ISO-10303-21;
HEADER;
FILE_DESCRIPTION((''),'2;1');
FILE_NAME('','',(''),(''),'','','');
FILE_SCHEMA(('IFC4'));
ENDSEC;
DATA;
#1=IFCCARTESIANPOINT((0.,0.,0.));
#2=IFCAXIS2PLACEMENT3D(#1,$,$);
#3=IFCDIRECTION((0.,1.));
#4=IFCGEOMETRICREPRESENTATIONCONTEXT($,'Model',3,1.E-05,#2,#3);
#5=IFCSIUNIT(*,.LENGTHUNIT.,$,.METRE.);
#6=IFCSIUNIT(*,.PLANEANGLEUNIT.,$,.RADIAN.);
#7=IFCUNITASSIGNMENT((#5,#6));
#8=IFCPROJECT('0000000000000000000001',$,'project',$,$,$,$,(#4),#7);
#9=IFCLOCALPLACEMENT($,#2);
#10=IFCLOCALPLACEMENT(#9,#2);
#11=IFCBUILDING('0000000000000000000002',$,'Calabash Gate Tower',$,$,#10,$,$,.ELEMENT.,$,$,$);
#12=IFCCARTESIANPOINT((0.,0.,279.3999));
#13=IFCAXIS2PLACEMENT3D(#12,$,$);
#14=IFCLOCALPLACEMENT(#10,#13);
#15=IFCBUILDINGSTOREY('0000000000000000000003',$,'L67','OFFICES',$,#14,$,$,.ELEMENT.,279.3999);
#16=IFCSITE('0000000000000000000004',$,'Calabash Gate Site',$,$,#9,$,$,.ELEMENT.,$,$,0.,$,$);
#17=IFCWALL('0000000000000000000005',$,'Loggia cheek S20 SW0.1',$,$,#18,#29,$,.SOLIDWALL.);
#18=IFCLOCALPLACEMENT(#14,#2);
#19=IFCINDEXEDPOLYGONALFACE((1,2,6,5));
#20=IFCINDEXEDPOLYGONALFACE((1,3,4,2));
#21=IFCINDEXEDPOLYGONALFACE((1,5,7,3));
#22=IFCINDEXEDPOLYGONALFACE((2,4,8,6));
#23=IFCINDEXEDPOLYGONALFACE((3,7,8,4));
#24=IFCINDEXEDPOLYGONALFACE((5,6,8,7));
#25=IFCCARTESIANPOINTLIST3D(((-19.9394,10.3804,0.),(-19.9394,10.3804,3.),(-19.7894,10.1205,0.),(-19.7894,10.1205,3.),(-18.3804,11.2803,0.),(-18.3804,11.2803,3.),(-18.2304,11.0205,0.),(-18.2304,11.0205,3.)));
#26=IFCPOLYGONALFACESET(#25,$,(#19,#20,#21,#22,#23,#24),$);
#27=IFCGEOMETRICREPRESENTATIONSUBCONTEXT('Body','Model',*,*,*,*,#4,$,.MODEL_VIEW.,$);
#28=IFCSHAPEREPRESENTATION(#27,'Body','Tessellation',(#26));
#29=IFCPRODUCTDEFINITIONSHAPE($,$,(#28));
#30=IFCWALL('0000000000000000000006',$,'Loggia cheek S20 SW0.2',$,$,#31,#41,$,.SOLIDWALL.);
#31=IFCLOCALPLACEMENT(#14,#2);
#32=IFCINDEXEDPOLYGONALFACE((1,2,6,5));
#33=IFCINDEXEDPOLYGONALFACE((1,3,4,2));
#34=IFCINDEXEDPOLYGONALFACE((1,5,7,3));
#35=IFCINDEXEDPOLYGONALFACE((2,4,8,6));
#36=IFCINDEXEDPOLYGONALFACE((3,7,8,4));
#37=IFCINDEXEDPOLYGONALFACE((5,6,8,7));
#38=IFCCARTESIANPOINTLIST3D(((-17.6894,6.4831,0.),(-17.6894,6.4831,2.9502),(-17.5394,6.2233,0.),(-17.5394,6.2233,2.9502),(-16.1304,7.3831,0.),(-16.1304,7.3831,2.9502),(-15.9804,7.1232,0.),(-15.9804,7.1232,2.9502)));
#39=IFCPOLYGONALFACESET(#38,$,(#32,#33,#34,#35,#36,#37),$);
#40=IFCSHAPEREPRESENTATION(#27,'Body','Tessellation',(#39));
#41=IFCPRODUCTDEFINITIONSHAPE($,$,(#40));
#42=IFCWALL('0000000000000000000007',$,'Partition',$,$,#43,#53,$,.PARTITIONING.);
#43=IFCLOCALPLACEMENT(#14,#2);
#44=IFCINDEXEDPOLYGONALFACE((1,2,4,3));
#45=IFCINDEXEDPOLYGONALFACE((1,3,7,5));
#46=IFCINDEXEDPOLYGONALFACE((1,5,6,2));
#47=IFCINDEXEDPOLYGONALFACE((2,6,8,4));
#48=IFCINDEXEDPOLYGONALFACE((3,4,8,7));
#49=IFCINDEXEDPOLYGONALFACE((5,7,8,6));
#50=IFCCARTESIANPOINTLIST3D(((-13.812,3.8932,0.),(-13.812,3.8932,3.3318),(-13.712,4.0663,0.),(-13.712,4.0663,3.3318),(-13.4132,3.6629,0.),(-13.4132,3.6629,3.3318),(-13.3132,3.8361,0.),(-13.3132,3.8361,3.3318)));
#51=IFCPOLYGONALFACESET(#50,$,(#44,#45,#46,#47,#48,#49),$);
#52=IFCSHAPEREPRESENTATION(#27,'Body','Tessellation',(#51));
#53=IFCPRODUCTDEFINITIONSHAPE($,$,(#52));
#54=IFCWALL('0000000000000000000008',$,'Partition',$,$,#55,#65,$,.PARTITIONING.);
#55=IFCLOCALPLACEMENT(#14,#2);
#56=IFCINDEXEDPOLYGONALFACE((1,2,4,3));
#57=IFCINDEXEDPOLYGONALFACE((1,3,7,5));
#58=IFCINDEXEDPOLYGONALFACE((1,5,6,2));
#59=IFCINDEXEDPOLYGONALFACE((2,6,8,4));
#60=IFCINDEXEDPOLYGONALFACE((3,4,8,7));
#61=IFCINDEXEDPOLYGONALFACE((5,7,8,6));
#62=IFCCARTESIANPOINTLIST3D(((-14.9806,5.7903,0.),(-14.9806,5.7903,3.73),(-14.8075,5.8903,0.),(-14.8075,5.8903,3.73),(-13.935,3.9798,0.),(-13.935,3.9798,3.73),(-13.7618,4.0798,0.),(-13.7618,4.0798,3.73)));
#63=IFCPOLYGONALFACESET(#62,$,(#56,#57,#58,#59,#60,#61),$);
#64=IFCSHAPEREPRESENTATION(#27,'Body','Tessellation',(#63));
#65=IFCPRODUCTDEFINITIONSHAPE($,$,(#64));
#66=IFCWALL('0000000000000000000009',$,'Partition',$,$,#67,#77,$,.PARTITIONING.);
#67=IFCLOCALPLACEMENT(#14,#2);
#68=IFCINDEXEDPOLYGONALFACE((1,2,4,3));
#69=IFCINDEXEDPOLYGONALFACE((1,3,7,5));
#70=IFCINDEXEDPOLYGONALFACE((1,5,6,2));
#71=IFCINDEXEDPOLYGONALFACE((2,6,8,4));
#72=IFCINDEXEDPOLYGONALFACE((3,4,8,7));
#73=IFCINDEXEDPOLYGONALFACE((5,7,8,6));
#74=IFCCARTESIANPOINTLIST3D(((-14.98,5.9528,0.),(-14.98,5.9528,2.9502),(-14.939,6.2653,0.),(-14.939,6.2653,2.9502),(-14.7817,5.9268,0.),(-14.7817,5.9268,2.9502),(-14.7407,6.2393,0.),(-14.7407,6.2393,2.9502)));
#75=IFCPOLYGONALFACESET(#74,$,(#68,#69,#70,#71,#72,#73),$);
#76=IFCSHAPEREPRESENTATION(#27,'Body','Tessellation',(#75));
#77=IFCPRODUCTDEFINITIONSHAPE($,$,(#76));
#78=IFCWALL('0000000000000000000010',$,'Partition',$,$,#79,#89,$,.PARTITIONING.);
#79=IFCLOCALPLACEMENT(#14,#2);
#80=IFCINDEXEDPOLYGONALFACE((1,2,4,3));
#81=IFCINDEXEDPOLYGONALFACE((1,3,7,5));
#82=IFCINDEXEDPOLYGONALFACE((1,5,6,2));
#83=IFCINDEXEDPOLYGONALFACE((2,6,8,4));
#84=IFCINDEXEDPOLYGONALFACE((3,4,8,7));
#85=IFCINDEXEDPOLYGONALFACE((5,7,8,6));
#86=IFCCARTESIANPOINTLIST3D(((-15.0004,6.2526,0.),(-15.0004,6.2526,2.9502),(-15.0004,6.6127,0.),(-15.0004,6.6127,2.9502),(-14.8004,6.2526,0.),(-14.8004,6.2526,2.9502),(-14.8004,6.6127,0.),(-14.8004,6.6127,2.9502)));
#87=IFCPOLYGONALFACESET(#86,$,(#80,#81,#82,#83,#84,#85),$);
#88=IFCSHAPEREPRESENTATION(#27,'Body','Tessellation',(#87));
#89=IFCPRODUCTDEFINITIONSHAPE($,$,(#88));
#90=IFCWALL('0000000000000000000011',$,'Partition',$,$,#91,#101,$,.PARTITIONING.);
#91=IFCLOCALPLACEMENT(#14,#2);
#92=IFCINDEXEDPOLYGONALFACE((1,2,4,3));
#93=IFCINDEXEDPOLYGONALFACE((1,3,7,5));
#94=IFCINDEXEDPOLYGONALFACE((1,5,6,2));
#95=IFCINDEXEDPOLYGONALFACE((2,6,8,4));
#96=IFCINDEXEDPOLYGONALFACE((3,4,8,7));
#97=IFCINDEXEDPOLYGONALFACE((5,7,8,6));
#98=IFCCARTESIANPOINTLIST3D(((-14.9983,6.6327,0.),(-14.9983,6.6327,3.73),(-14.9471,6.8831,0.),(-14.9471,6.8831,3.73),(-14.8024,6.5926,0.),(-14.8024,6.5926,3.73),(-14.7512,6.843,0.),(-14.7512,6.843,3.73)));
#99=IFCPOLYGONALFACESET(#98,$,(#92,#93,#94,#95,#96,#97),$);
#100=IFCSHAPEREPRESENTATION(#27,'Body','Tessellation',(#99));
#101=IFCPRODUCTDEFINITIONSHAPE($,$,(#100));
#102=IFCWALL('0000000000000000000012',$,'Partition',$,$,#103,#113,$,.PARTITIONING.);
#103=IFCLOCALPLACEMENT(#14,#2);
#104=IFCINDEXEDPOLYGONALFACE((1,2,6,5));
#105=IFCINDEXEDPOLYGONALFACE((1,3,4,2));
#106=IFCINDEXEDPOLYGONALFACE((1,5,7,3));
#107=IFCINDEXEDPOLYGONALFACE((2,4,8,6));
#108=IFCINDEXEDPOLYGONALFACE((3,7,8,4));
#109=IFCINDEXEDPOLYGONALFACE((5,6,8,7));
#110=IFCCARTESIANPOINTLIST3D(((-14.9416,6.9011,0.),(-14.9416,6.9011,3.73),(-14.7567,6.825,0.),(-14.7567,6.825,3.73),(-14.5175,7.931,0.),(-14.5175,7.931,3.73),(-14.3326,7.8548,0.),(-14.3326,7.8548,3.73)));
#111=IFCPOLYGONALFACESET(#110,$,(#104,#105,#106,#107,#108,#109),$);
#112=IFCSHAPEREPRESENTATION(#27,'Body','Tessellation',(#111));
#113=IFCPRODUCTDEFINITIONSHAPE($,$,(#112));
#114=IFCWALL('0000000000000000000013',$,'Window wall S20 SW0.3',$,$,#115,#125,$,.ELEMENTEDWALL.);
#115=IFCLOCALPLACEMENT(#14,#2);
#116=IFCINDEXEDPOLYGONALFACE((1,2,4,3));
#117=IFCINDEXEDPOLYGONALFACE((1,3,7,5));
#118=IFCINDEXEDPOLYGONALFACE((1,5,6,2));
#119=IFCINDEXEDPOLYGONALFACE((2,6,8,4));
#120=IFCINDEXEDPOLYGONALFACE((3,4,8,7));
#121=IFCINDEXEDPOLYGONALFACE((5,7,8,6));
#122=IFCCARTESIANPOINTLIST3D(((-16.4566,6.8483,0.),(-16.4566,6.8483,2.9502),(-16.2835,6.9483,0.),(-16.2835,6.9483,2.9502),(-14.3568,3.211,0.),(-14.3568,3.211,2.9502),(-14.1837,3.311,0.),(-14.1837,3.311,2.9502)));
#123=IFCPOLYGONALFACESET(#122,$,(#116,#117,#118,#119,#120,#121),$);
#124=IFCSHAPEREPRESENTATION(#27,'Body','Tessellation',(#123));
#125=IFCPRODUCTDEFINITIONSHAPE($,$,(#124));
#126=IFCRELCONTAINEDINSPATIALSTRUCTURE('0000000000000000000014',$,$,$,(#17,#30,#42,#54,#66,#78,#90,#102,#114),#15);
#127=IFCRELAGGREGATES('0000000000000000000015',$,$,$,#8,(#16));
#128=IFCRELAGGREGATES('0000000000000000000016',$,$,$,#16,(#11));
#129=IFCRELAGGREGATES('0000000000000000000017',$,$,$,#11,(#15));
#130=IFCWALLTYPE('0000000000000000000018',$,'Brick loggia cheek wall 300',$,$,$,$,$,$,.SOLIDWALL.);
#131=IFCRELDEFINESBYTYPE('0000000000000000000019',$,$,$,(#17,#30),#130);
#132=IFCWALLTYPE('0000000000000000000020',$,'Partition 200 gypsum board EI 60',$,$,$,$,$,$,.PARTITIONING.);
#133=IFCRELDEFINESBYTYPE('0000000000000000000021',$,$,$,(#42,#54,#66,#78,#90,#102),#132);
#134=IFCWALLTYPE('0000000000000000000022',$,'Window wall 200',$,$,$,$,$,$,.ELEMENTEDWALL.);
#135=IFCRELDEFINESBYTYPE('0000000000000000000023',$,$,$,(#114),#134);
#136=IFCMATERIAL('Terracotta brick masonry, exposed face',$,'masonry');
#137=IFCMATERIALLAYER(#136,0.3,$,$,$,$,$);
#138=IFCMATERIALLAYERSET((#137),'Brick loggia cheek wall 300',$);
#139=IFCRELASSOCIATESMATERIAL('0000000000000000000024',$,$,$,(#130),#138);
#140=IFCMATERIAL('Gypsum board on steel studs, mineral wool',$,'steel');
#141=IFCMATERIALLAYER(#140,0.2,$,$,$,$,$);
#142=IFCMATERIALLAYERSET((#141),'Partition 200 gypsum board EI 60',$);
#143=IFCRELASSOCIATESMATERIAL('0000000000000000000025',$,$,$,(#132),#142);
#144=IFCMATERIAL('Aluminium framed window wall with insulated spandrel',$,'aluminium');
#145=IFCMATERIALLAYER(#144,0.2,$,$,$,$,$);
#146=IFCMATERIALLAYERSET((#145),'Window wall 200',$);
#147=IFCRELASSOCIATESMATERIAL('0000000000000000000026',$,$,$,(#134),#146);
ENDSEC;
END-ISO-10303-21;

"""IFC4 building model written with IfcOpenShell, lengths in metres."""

from ifc_helpers import new_model, si_unit, direction, frame, frame_2d, origin, place, context, subcontext, project, spatial, rectangle, extrude, material, layer, layer_set, type_object, element, save


model = new_model("IFC4")

# Units and contexts
model_context = context("Model", 3, precision=1e-05, world=origin(), true_north=direction((0.0, 1.0)))
body_context = subcontext(model_context, "Body", "Model", "MODEL_VIEW")
ifc_project = project(units=[si_unit("LENGTHUNIT", "METRE"), si_unit("PLANEANGLEUNIT", "RADIAN")], contexts=[model_context])

# Site, building, storey
site_placement = place(None, origin())
site = spatial("IfcSite", under=ifc_project, at=site_placement, Name="Calabash Gate Site", CompositionType="ELEMENT", RefElevation=0.0)
building_placement = place(site_placement, origin())
building = spatial("IfcBuilding", under=site, at=building_placement, Name="Calabash Gate Tower", CompositionType="ELEMENT")
storey_placement = place(building_placement, frame((0.0, 0.0, 279.3999)))
storey = spatial("IfcBuildingStorey", under=building, at=storey_placement, Name="L67", Description="OFFICES", CompositionType="ELEMENT", Elevation=279.3999)

# Walls
ifc_material_1 = material(Name="Terracotta brick masonry, exposed face", Category="masonry")
ifc_layer_1 = layer(ifc_material_1, 0.3)
ifc_layer_set_1 = layer_set([ifc_layer_1], Name="Brick loggia cheek wall 300")
wall_type_1 = type_object("IfcWallType", Name="Brick loggia cheek wall 300", PredefinedType="SOLIDWALL", material=ifc_layer_set_1)
wall_1_placement = place(storey_placement, frame((-19.8643, 10.2505, 0.0), z_axis=(0.0, 0.0, 1.0), x_axis=(0.866048, 0.499961, 0.0)))
element("IfcWall", 1, at=wall_1_placement, inside=storey, type_object=wall_type_1, Name="Loggia cheek S20 SW0.1", PredefinedType="SOLIDWALL", context=body_context, shape_type="SweptSolid", body=[
    extrude(rectangle(XDim=1.8, YDim=0.3, at=frame_2d((0.8999, 0.0))), origin(), (0.0, 0.0, 1.0), 3.0),
])
wall_2_placement = place(storey_placement, frame((-17.6143, 6.3533, 0.0), z_axis=(0.0, 0.0, 1.0), x_axis=(0.866048, 0.499961, 0.0)))
element("IfcWall", 2, at=wall_2_placement, inside=storey, type_object=wall_type_1, Name="Loggia cheek S20 SW0.2", PredefinedType="SOLIDWALL", context=body_context, shape_type="SweptSolid", body=[
    extrude(rectangle(XDim=1.8, YDim=0.3, at=frame_2d((0.8999, 0.0))), origin(), (0.0, 0.0, 1.0), 2.9502),
])
ifc_material_2 = material(Name="Gypsum board on steel studs, mineral wool", Category="steel")
ifc_layer_2 = layer(ifc_material_2, 0.2)
ifc_layer_set_2 = layer_set([ifc_layer_2], Name="Partition 200 gypsum board EI 60")
wall_type_2 = type_object("IfcWallType", Name="Partition 200 gypsum board EI 60", PredefinedType="PARTITIONING", material=ifc_layer_set_2)
wall_3_placement = place(storey_placement, frame((-13.762, 3.9797, 0.0), z_axis=(0.0, 0.0, 1.0), x_axis=(0.865982, -0.500074, 0.0)))
element("IfcWall", 3, at=wall_3_placement, inside=storey, type_object=wall_type_2, Name="Partition", PredefinedType="PARTITIONING", context=body_context, shape_type="SweptSolid", body=[
    extrude(rectangle(XDim=0.4604, YDim=0.2, at=frame_2d((0.2302, 0.0))), origin(), (0.0, 0.0, 1.0), 3.3318),
])
wall_4_placement = place(storey_placement, frame((-14.894, 5.8403, 0.0), z_axis=(0.0, 0.0, 1.0), x_axis=(0.50012, -0.865956, 0.0)))
element("IfcWall", 4, at=wall_4_placement, inside=storey, type_object=wall_type_2, Name="Partition", PredefinedType="PARTITIONING", context=body_context, shape_type="SweptSolid", body=[
    extrude(rectangle(XDim=2.0908, YDim=0.2, at=frame_2d((1.0454, 0.0))), origin(), (0.0, 0.0, 1.0), 3.73),
])
wall_5_placement = place(storey_placement, frame((-14.8809, 5.9397, 0.0), z_axis=(0.0, 0.0, 1.0), x_axis=(0.130134, 0.991496, 0.0)))
element("IfcWall", 5, at=wall_5_placement, inside=storey, type_object=wall_type_2, Name="Partition", PredefinedType="PARTITIONING", context=body_context, shape_type="SweptSolid", body=[
    extrude(rectangle(XDim=0.3152, YDim=0.2, at=frame_2d((0.1577, 0.0))), origin(), (0.0, 0.0, 1.0), 2.9502),
])
wall_6_placement = place(storey_placement, frame((-14.9004, 6.2524, 0.0), z_axis=(0.0, 0.0, 1.0), x_axis=(0.0, 1.0, 0.0)))
element("IfcWall", 6, at=wall_6_placement, inside=storey, type_object=wall_type_2, Name="Partition", PredefinedType="PARTITIONING", context=body_context, shape_type="SweptSolid", body=[
    extrude(rectangle(XDim=0.3601, YDim=0.2, at=frame_2d((0.1802, 0.0))), origin(), (0.0, 0.0, 1.0), 2.9502),
])
wall_7_placement = place(storey_placement, frame((-14.9004, 6.6125, 0.0), z_axis=(0.0, 0.0, 1.0), x_axis=(0.200521, 0.979689, 0.0)))
element("IfcWall", 7, at=wall_7_placement, inside=storey, type_object=wall_type_2, Name="Partition", PredefinedType="PARTITIONING", context=body_context, shape_type="SweptSolid", body=[
    extrude(rectangle(XDim=0.2556, YDim=0.2, at=frame_2d((0.1279, 0.0))), origin(), (0.0, 0.0, 1.0), 3.73),
])
wall_8_placement = place(storey_placement, frame((-14.8491, 6.863, 0.0), z_axis=(0.0, 0.0, 1.0), x_axis=(0.380783, 0.924664, 0.0)))
element("IfcWall", 8, at=wall_8_placement, inside=storey, type_object=wall_type_2, Name="Partition", PredefinedType="PARTITIONING", context=body_context, shape_type="SweptSolid", body=[
    extrude(rectangle(XDim=1.1138, YDim=0.2, at=frame_2d((0.5569, 0.0))), origin(), (0.0, 0.0, 1.0), 3.73),
])
ifc_material_3 = material(Name="Aluminium framed window wall with insulated spandrel", Category="aluminium")
ifc_layer_3 = layer(ifc_material_3, 0.2)
ifc_layer_set_3 = layer_set([ifc_layer_3], Name="Window wall 200")
wall_type_3 = type_object("IfcWallType", Name="Window wall 200", PredefinedType="ELEMENTEDWALL", material=ifc_layer_set_3)
wall_9_placement = place(storey_placement, frame((-16.3701, 6.8984, 0.0), z_axis=(0.0, 0.0, 1.0), x_axis=(0.499959, -0.866049, 0.0)))
element("IfcWall", 9, at=wall_9_placement, inside=storey, type_object=wall_type_3, Name="Window wall S20 SW0.3", PredefinedType="ELEMENTEDWALL", context=body_context, shape_type="SweptSolid", body=[
    extrude(rectangle(XDim=4.2, YDim=0.2, at=frame_2d((2.1001, 0.0))), origin(), (0.0, 0.0, 1.0), 2.9502),
])

save(model, "model.ifc")
